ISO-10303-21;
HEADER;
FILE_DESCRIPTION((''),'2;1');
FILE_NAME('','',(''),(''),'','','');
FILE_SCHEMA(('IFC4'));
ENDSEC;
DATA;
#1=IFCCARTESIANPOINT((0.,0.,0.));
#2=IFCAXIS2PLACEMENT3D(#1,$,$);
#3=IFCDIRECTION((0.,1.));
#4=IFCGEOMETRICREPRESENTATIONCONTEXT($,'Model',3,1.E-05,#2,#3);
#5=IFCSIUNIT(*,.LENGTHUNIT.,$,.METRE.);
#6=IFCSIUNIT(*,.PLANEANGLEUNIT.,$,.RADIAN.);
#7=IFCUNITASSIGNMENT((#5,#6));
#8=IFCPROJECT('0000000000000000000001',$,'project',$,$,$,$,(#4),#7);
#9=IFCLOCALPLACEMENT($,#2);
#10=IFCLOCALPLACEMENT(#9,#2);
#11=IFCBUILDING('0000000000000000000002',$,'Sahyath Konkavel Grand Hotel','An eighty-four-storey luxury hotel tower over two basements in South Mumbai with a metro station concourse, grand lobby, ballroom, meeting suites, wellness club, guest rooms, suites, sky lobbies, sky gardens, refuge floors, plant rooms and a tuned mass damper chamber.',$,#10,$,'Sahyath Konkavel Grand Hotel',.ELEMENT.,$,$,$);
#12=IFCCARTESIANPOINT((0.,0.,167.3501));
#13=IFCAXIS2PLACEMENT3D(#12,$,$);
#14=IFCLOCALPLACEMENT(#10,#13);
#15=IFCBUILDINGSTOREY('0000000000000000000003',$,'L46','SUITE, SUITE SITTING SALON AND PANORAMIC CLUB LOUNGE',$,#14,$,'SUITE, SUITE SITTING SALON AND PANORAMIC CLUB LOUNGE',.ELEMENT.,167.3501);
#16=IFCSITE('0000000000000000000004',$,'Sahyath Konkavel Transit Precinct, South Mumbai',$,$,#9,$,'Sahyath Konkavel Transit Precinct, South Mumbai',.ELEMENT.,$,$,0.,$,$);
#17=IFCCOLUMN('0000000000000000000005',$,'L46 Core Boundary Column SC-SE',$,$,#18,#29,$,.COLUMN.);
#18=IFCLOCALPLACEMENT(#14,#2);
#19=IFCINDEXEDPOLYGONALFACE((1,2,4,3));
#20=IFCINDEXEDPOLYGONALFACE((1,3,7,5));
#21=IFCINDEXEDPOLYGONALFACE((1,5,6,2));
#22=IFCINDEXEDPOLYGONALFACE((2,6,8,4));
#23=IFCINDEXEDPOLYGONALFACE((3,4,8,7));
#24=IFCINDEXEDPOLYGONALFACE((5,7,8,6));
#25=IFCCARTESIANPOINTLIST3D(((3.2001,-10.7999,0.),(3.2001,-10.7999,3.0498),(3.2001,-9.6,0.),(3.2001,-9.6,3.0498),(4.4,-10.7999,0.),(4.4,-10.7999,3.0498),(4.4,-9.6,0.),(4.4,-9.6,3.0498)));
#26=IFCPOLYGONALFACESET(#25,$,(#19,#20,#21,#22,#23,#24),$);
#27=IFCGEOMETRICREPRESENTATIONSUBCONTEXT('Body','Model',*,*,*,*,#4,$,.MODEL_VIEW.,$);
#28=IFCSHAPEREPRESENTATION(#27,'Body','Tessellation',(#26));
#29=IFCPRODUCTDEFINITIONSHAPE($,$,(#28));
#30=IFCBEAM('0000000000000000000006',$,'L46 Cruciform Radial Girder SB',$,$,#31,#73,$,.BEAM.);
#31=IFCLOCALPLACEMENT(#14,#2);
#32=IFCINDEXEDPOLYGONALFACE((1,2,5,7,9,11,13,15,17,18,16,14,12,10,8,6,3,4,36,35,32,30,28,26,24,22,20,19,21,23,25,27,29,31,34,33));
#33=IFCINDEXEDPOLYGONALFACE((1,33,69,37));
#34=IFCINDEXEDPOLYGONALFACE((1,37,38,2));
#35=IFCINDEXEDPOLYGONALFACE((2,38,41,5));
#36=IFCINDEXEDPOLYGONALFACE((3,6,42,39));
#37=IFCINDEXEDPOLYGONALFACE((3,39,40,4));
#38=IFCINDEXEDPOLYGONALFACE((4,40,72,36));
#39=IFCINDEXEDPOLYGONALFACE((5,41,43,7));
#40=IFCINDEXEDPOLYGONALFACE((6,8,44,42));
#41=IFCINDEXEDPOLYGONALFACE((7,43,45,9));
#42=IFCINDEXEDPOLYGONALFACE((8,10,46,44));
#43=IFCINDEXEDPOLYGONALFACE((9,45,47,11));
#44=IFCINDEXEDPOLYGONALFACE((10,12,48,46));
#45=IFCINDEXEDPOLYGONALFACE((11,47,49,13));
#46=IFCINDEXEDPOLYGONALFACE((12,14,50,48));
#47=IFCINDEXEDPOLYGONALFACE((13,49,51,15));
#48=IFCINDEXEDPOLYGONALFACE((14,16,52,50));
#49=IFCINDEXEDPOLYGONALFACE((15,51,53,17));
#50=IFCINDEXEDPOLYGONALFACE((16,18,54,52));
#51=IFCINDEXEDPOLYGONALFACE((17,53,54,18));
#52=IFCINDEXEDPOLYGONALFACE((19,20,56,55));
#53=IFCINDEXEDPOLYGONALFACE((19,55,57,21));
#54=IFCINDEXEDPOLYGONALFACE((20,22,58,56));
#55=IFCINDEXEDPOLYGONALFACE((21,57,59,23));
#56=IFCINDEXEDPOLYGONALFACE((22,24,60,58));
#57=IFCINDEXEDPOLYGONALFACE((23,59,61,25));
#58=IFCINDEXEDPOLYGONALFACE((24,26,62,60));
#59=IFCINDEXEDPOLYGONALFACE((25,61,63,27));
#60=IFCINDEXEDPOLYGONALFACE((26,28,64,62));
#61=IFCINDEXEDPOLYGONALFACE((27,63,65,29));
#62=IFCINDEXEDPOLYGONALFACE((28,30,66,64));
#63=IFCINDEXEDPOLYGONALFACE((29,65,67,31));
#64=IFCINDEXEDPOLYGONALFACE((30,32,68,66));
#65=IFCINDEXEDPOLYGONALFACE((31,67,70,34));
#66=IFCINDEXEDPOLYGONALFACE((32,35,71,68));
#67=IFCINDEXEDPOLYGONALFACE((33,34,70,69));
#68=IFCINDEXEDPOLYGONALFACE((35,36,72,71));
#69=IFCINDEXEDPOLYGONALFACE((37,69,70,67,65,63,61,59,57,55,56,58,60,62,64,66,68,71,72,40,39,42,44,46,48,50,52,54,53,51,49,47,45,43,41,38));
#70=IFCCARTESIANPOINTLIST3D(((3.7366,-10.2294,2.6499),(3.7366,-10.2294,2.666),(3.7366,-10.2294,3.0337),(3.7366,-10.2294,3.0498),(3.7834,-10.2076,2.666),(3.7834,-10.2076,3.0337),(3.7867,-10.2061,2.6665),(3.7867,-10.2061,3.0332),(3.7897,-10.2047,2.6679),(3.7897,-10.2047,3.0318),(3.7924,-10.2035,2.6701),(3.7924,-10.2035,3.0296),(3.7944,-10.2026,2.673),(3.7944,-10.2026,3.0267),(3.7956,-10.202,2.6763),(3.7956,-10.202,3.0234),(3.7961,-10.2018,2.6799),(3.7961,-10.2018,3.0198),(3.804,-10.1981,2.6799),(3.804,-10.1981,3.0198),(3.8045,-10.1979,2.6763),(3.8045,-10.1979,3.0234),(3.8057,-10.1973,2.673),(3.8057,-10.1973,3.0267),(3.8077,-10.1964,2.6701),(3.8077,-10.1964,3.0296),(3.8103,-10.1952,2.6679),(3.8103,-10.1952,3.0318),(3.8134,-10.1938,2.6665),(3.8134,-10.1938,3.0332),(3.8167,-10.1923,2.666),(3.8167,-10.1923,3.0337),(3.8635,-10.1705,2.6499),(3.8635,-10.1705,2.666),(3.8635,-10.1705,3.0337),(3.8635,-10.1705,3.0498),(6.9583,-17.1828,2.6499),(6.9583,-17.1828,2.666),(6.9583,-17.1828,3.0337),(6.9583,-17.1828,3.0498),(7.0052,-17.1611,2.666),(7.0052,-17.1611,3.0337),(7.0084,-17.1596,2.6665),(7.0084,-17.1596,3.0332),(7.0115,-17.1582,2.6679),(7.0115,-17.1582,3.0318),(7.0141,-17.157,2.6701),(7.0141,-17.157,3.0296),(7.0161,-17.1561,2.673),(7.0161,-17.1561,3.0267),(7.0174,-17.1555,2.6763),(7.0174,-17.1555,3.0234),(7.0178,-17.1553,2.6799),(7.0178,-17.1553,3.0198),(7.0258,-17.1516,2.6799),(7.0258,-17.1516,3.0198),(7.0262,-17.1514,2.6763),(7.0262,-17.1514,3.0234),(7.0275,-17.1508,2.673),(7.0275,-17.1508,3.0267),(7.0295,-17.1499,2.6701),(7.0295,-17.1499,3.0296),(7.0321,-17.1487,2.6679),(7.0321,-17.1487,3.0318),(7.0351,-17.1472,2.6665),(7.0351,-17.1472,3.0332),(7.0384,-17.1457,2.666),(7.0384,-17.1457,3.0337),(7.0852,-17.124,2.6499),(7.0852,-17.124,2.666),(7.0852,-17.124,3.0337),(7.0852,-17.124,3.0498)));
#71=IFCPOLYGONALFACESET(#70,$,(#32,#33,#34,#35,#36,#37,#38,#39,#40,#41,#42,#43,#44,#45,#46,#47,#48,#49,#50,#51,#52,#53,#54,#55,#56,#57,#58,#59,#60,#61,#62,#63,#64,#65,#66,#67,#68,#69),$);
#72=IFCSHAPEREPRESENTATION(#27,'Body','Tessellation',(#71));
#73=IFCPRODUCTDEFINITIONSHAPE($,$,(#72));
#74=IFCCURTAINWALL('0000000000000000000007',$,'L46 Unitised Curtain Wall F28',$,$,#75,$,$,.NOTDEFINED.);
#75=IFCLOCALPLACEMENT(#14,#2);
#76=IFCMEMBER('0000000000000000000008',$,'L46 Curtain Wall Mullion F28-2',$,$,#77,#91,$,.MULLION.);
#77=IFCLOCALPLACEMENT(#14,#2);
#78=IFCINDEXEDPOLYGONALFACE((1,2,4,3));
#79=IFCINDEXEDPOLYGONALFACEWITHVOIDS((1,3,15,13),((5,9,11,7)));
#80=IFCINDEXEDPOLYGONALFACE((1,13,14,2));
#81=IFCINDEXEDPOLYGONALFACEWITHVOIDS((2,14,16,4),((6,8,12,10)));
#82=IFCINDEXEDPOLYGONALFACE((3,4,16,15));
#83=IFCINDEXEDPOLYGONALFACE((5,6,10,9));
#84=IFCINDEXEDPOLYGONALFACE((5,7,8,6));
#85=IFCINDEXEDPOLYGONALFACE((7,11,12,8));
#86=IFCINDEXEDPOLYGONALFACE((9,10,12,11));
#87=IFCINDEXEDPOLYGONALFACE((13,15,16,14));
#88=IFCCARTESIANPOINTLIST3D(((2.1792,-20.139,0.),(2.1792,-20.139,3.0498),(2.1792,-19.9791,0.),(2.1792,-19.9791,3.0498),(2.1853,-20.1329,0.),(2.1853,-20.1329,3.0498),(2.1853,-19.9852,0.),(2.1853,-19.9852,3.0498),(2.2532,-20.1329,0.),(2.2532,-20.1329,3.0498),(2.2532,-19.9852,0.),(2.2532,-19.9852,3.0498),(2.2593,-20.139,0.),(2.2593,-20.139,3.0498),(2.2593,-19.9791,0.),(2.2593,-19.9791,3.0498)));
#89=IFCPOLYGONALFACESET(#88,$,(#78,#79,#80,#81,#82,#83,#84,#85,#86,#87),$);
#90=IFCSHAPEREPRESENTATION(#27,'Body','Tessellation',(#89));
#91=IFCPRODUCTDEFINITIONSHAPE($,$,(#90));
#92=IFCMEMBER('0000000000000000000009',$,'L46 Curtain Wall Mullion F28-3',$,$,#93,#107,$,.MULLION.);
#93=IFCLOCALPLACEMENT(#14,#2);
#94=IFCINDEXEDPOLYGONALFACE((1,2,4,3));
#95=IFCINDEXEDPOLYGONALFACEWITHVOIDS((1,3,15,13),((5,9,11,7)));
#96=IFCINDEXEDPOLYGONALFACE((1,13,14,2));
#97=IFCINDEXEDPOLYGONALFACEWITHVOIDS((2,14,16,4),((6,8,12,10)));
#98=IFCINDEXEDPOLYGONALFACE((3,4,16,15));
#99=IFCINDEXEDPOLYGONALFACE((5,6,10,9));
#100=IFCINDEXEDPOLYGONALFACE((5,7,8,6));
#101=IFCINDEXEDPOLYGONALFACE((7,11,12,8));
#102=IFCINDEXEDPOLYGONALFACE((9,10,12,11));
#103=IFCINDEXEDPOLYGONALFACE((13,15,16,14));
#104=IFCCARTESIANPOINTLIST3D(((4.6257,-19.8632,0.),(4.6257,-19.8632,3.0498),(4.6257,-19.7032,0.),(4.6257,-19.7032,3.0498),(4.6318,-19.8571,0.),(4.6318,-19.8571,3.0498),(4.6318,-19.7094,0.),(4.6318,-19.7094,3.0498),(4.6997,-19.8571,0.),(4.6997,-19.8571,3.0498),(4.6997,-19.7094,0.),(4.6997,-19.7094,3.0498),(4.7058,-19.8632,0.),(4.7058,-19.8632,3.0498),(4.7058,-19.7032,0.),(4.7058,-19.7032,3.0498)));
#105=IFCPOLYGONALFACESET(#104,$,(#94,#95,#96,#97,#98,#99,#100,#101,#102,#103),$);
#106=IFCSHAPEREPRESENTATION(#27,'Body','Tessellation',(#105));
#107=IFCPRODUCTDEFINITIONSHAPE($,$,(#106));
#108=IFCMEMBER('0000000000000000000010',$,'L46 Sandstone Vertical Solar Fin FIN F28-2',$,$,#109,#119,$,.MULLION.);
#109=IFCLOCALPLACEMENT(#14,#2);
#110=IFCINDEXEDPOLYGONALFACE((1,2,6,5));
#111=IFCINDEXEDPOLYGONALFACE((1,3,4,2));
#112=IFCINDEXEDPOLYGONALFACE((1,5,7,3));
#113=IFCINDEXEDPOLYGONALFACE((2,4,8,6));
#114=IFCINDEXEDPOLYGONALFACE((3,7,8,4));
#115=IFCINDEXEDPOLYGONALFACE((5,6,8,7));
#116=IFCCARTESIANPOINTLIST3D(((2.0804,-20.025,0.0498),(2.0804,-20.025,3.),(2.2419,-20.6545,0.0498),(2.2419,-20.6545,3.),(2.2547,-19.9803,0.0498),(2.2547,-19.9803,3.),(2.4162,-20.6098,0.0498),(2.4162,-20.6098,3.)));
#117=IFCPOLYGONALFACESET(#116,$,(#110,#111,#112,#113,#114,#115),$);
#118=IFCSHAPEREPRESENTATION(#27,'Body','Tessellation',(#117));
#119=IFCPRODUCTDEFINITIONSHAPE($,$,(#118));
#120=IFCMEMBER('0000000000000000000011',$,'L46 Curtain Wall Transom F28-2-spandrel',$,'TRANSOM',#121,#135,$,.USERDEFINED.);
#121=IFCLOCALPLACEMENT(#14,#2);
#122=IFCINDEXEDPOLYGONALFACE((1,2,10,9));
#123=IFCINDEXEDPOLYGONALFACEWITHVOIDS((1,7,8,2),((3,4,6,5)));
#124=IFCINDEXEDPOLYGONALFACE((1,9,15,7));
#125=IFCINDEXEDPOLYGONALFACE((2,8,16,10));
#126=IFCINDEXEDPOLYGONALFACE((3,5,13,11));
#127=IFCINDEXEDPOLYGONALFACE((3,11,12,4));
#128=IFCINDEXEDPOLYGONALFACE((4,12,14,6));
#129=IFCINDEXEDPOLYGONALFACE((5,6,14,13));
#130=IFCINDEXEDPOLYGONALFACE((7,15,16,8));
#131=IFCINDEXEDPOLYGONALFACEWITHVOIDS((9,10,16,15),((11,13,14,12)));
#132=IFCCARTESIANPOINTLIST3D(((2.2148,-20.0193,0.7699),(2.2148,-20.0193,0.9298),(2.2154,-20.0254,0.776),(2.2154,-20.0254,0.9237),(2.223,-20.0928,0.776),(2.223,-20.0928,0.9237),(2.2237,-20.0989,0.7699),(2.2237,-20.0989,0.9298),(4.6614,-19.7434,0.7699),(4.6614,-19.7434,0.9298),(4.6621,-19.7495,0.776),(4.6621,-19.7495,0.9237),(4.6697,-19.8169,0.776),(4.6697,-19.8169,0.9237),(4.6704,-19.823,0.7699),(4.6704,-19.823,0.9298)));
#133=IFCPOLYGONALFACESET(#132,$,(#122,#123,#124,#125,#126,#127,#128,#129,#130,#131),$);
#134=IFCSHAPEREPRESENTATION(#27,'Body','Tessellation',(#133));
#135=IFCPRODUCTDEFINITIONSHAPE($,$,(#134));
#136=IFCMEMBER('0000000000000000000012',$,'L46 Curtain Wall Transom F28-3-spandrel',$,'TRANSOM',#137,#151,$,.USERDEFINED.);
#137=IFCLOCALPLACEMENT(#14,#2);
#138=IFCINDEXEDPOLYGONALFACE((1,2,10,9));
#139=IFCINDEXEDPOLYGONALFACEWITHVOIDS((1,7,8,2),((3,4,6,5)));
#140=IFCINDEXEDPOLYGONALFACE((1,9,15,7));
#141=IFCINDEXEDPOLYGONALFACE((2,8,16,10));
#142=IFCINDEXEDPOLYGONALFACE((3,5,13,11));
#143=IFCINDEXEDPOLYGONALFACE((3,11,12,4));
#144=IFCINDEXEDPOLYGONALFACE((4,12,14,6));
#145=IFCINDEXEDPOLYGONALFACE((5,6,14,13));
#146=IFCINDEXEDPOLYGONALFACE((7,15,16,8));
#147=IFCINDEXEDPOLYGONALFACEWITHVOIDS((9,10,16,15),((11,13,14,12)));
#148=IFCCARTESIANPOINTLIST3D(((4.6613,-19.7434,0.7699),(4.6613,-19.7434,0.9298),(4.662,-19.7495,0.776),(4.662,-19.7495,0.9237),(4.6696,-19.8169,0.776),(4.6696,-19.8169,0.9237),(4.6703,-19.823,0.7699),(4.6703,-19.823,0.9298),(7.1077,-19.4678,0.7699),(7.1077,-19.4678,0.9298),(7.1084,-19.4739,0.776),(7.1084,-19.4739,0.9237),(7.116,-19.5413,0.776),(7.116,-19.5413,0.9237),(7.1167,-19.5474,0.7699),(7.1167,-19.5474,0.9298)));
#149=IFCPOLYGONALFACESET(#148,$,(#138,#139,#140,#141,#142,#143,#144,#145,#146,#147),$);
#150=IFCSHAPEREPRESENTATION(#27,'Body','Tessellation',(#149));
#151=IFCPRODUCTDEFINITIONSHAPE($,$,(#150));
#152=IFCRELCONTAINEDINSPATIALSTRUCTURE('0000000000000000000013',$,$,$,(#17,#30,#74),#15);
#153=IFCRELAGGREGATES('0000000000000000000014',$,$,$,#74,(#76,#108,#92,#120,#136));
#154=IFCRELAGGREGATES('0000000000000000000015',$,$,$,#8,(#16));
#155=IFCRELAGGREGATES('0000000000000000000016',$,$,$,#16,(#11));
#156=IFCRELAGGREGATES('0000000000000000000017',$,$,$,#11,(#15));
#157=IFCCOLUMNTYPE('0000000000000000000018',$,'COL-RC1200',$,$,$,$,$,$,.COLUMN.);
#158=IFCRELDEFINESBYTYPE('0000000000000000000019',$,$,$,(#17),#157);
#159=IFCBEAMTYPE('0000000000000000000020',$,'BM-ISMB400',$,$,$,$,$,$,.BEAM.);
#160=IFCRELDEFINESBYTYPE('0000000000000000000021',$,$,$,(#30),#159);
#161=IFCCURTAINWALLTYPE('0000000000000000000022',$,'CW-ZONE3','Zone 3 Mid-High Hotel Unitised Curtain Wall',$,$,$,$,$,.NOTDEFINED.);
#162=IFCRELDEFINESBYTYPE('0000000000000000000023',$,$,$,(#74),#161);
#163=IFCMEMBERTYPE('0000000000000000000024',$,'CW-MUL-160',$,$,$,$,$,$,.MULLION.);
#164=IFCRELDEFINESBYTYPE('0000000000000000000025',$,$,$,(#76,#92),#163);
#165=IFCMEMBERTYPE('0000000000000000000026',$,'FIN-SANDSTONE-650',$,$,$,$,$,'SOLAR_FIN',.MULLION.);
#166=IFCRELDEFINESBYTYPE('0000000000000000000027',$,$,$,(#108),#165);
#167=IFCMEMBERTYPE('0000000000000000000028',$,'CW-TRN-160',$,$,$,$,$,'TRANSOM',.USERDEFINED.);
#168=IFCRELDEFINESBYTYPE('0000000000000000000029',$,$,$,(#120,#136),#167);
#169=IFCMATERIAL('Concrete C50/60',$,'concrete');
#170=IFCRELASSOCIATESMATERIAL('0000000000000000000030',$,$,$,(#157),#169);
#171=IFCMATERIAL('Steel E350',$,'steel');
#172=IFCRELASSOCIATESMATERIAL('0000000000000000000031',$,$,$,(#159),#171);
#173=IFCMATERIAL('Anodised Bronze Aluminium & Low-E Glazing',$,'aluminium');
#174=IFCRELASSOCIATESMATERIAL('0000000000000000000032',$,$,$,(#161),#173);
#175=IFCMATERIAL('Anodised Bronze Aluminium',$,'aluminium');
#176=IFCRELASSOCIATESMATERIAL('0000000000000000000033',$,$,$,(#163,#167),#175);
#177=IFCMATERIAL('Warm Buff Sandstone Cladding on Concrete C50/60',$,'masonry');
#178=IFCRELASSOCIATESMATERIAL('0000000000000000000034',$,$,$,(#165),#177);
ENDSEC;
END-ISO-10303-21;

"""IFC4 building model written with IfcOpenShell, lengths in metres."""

from ifc_helpers import new_model, si_unit, direction, frame, origin, origin_2d, place, context, subcontext, project, spatial, rectangle, hollow_rectangle, i_section, extrude, source, transform, mapped, material, material_profile, profile_set, type_object, element, aggregate, save


model = new_model("IFC4")

# Units and contexts
model_context = context("Model", 3, precision=1e-05, world=origin(), true_north=direction((0.0, 1.0)))
body_context = subcontext(model_context, "Body", "Model", "MODEL_VIEW")
ifc_project = project(units=[si_unit("LENGTHUNIT", "METRE"), si_unit("PLANEANGLEUNIT", "RADIAN")], contexts=[model_context])

# Site, building, storey
site_placement = place(None, origin())
site = spatial("IfcSite", under=ifc_project, at=site_placement, Name="Sahyath Konkavel Transit Precinct, South Mumbai", LongName="Sahyath Konkavel Transit Precinct, South Mumbai", CompositionType="ELEMENT", RefElevation=0.0)
building_placement = place(site_placement, origin())
building = spatial("IfcBuilding", under=site, at=building_placement, Name="Sahyath Konkavel Grand Hotel", Description="An eighty-four-storey luxury hotel tower over two basements in South Mumbai with a metro station concourse, grand lobby, ballroom, meeting suites, wellness club, guest rooms, suites, sky lobbies, sky gardens, refuge floors, plant rooms and a tuned mass damper chamber.", LongName="Sahyath Konkavel Grand Hotel", CompositionType="ELEMENT")
storey_placement = place(building_placement, frame((0.0, 0.0, 167.3501)))
storey = spatial("IfcBuildingStorey", under=building, at=storey_placement, Name="L46", Description="SUITE, SUITE SITTING SALON AND PANORAMIC CLUB LOUNGE", LongName="SUITE, SUITE SITTING SALON AND PANORAMIC CLUB LOUNGE", CompositionType="ELEMENT", Elevation=167.3501)

# Column
ifc_material_1 = material(Name="Concrete C50/60", Category="concrete")
ifc_material_profile_1 = material_profile(ifc_material_1, rectangle(XDim=1.2, YDim=1.2, at=origin_2d()), Name="RC 1200x1200")
ifc_profile_set_1 = profile_set([ifc_material_profile_1], Name="Concrete C50/60")
column_type = type_object("IfcColumnType", Name="COL-RC1200", PredefinedType="COLUMN", material=ifc_profile_set_1)
shared_shape_1 = source(origin(), body_context, "Body", "SweptSolid", [
    extrude(rectangle(XDim=1.2, YDim=1.2, at=origin_2d()), origin(), (0.0, 0.0, 1.0), 3.0498),
])
column_placement = place(storey_placement, frame((3.8, -10.2, 0.0), z_axis=(0.0, 0.0, 1.0), x_axis=(1.0, 0.0, 0.0)))
element("IfcColumn", 1, at=column_placement, inside=storey, type_object=column_type, Name="L46 Core Boundary Column SC-SE", PredefinedType="COLUMN", context=body_context, shape_type="MappedRepresentation", body=[
    mapped(shared_shape_1, transform((0.0, 0.0, 0.0), scale=1.0)),
])

# Beam
ifc_material_2 = material(Name="Steel E350", Category="steel")
ifc_material_profile_2 = material_profile(ifc_material_2, i_section(OverallWidth=0.1399, OverallDepth=0.3999, WebThickness=0.0088, FlangeThickness=0.0161, FilletRadius=0.0139, at=origin_2d()), Name="ISMB 400")
ifc_profile_set_2 = profile_set([ifc_material_profile_2], Name="Steel E350")
beam_type_1 = type_object("IfcBeamType", Name="BM-ISMB400", PredefinedType="BEAM", material=ifc_profile_set_2)
shared_shape_2 = source(origin(), body_context, "Body", "SweptSolid", [
    extrude(i_section(OverallWidth=0.1399, OverallDepth=0.3999, WebThickness=0.0088, FlangeThickness=0.0161, FilletRadius=0.0139, at=origin_2d()), origin(), (0.0, 0.0, 1.0), 7.6636),
])
beam_1_placement = place(storey_placement, frame((3.8, -10.2, 2.8499), z_axis=(0.420395, -0.907341, 0.0), x_axis=(0.907341, 0.420395, 0.0)))
element("IfcBeam", 2, at=beam_1_placement, inside=storey, type_object=beam_type_1, Name="L46 Cruciform Radial Girder SB", PredefinedType="BEAM", context=body_context, shape_type="MappedRepresentation", body=[
    mapped(shared_shape_2, transform((0.0, 0.0, 0.0), scale=1.0)),
])

# Curtain wall, members
ifc_material_3 = material(Name="Anodised Bronze Aluminium & Low-E Glazing", Category="aluminium")
curtain_wall_type = type_object("IfcCurtainWallType", Name="CW-ZONE3", Description="Zone 3 Mid-High Hotel Unitised Curtain Wall", PredefinedType="NOTDEFINED", material=ifc_material_3)
curtain_wall_placement = place(storey_placement, origin())
curtain_wall = element("IfcCurtainWall", 3, at=curtain_wall_placement, inside=storey, type_object=curtain_wall_type, Name="L46 Unitised Curtain Wall F28", PredefinedType="NOTDEFINED")
ifc_material_4 = material(Name="Anodised Bronze Aluminium", Category="aluminium")
ifc_material_profile_3 = material_profile(ifc_material_4, hollow_rectangle(XDim=0.0801, YDim=0.1599, WallThickness=0.0061, at=origin_2d()), Name="RHS 160x80x6")
ifc_profile_set_3 = profile_set([ifc_material_profile_3], Name="Anodised Bronze Aluminium")
member_type_1 = type_object("IfcMemberType", Name="CW-MUL-160", PredefinedType="MULLION", material=ifc_profile_set_3)
shared_shape_3 = source(origin(), body_context, "Body", "SweptSolid", [
    extrude(hollow_rectangle(XDim=0.0801, YDim=0.1599, WallThickness=0.0061, at=origin_2d()), origin(), (0.0, 0.0, 1.0), 3.0498),
])
member_1_placement = place(storey_placement, frame((2.2192, -20.0591, 0.0), z_axis=(0.0, 0.0, 1.0), x_axis=(1.0, 0.0, 0.0)))
member_1 = element("IfcMember", 4, at=member_1_placement, type_object=member_type_1, Name="L46 Curtain Wall Mullion F28-2", PredefinedType="MULLION", context=body_context, shape_type="MappedRepresentation", body=[
    mapped(shared_shape_3, transform((0.0, 0.0, 0.0), scale=1.0)),
])
member_2_placement = place(storey_placement, frame((4.6658, -19.7832, 0.0), z_axis=(0.0, 0.0, 1.0), x_axis=(1.0, 0.0, 0.0)))
member_2 = element("IfcMember", 5, at=member_2_placement, type_object=member_type_1, Name="L46 Curtain Wall Mullion F28-3", PredefinedType="MULLION", context=body_context, shape_type="MappedRepresentation", body=[
    mapped(shared_shape_3, transform((0.0, 0.0, 0.0), scale=1.0)),
])
ifc_material_5 = material(Name="Warm Buff Sandstone Cladding on Concrete C50/60", Category="masonry")
ifc_material_profile_4 = material_profile(ifc_material_5, rectangle(XDim=0.1799, YDim=0.6499, at=origin_2d()), Name="FIN 180x650")
ifc_profile_set_4 = profile_set([ifc_material_profile_4], Name="Warm Buff Sandstone Cladding on Concrete C50/60")
member_type_2 = type_object("IfcMemberType", Name="FIN-SANDSTONE-650", ElementType="SOLAR_FIN", PredefinedType="MULLION", material=ifc_profile_set_4)
shared_shape_4 = source(origin(), body_context, "Body", "SweptSolid", [
    extrude(rectangle(XDim=0.1799, YDim=0.6499, at=origin_2d()), origin(), (0.0, 0.0, 1.0), 2.9502),
])
member_3_placement = place(storey_placement, frame((2.2483, -20.3174, 0.0498), z_axis=(0.0, 0.0, 1.0), x_axis=(0.968627, 0.248521, 0.0)))
member_3 = element("IfcMember", 6, at=member_3_placement, type_object=member_type_2, Name="L46 Sandstone Vertical Solar Fin FIN F28-2", PredefinedType="MULLION", context=body_context, shape_type="MappedRepresentation", body=[
    mapped(shared_shape_4, transform((0.0, 0.0, 0.0), scale=1.0)),
])
ifc_material_profile_5 = material_profile(ifc_material_4, hollow_rectangle(XDim=0.0801, YDim=0.1599, WallThickness=0.0061, at=origin_2d()), Name="RHS 160x80x6")
ifc_profile_set_5 = profile_set([ifc_material_profile_5], Name="Anodised Bronze Aluminium")
member_type_3 = type_object("IfcMemberType", Name="CW-TRN-160", ElementType="TRANSOM", PredefinedType="USERDEFINED", material=ifc_profile_set_5)
shared_shape_5 = source(origin(), body_context, "Body", "SweptSolid", [
    extrude(hollow_rectangle(XDim=0.0801, YDim=0.1599, WallThickness=0.0061, at=origin_2d()), origin(), (0.0, 0.0, 1.0), 2.4622),
])
member_4_placement = place(storey_placement, frame((2.2192, -20.0591, 0.8499), z_axis=(0.993702, 0.112053, 0.0), x_axis=(-0.112053, 0.993702, 0.0)))
member_4 = element("IfcMember", 7, at=member_4_placement, type_object=member_type_3, Name="L46 Curtain Wall Transom F28-2-spandrel", ObjectType="TRANSOM", PredefinedType="USERDEFINED", context=body_context, shape_type="MappedRepresentation", body=[
    mapped(shared_shape_5, transform((0.0, 0.0, 0.0), scale=1.0)),
])
shared_shape_6 = source(origin(), body_context, "Body", "SweptSolid", [
    extrude(hollow_rectangle(XDim=0.0801, YDim=0.1599, WallThickness=0.0061, at=origin_2d()), origin(), (0.0, 0.0, 1.0), 2.4619),
])
member_5_placement = place(storey_placement, frame((4.6658, -19.7832, 0.8499), z_axis=(0.993713, 0.111955, 0.0), x_axis=(-0.111955, 0.993713, 0.0)))
member_5 = element("IfcMember", 8, at=member_5_placement, type_object=member_type_3, Name="L46 Curtain Wall Transom F28-3-spandrel", ObjectType="TRANSOM", PredefinedType="USERDEFINED", context=body_context, shape_type="MappedRepresentation", body=[
    mapped(shared_shape_6, transform((0.0, 0.0, 0.0), scale=1.0)),
])

aggregate(curtain_wall, [member_1, member_3, member_2, member_4, member_5])

save(model, "model.ifc")
